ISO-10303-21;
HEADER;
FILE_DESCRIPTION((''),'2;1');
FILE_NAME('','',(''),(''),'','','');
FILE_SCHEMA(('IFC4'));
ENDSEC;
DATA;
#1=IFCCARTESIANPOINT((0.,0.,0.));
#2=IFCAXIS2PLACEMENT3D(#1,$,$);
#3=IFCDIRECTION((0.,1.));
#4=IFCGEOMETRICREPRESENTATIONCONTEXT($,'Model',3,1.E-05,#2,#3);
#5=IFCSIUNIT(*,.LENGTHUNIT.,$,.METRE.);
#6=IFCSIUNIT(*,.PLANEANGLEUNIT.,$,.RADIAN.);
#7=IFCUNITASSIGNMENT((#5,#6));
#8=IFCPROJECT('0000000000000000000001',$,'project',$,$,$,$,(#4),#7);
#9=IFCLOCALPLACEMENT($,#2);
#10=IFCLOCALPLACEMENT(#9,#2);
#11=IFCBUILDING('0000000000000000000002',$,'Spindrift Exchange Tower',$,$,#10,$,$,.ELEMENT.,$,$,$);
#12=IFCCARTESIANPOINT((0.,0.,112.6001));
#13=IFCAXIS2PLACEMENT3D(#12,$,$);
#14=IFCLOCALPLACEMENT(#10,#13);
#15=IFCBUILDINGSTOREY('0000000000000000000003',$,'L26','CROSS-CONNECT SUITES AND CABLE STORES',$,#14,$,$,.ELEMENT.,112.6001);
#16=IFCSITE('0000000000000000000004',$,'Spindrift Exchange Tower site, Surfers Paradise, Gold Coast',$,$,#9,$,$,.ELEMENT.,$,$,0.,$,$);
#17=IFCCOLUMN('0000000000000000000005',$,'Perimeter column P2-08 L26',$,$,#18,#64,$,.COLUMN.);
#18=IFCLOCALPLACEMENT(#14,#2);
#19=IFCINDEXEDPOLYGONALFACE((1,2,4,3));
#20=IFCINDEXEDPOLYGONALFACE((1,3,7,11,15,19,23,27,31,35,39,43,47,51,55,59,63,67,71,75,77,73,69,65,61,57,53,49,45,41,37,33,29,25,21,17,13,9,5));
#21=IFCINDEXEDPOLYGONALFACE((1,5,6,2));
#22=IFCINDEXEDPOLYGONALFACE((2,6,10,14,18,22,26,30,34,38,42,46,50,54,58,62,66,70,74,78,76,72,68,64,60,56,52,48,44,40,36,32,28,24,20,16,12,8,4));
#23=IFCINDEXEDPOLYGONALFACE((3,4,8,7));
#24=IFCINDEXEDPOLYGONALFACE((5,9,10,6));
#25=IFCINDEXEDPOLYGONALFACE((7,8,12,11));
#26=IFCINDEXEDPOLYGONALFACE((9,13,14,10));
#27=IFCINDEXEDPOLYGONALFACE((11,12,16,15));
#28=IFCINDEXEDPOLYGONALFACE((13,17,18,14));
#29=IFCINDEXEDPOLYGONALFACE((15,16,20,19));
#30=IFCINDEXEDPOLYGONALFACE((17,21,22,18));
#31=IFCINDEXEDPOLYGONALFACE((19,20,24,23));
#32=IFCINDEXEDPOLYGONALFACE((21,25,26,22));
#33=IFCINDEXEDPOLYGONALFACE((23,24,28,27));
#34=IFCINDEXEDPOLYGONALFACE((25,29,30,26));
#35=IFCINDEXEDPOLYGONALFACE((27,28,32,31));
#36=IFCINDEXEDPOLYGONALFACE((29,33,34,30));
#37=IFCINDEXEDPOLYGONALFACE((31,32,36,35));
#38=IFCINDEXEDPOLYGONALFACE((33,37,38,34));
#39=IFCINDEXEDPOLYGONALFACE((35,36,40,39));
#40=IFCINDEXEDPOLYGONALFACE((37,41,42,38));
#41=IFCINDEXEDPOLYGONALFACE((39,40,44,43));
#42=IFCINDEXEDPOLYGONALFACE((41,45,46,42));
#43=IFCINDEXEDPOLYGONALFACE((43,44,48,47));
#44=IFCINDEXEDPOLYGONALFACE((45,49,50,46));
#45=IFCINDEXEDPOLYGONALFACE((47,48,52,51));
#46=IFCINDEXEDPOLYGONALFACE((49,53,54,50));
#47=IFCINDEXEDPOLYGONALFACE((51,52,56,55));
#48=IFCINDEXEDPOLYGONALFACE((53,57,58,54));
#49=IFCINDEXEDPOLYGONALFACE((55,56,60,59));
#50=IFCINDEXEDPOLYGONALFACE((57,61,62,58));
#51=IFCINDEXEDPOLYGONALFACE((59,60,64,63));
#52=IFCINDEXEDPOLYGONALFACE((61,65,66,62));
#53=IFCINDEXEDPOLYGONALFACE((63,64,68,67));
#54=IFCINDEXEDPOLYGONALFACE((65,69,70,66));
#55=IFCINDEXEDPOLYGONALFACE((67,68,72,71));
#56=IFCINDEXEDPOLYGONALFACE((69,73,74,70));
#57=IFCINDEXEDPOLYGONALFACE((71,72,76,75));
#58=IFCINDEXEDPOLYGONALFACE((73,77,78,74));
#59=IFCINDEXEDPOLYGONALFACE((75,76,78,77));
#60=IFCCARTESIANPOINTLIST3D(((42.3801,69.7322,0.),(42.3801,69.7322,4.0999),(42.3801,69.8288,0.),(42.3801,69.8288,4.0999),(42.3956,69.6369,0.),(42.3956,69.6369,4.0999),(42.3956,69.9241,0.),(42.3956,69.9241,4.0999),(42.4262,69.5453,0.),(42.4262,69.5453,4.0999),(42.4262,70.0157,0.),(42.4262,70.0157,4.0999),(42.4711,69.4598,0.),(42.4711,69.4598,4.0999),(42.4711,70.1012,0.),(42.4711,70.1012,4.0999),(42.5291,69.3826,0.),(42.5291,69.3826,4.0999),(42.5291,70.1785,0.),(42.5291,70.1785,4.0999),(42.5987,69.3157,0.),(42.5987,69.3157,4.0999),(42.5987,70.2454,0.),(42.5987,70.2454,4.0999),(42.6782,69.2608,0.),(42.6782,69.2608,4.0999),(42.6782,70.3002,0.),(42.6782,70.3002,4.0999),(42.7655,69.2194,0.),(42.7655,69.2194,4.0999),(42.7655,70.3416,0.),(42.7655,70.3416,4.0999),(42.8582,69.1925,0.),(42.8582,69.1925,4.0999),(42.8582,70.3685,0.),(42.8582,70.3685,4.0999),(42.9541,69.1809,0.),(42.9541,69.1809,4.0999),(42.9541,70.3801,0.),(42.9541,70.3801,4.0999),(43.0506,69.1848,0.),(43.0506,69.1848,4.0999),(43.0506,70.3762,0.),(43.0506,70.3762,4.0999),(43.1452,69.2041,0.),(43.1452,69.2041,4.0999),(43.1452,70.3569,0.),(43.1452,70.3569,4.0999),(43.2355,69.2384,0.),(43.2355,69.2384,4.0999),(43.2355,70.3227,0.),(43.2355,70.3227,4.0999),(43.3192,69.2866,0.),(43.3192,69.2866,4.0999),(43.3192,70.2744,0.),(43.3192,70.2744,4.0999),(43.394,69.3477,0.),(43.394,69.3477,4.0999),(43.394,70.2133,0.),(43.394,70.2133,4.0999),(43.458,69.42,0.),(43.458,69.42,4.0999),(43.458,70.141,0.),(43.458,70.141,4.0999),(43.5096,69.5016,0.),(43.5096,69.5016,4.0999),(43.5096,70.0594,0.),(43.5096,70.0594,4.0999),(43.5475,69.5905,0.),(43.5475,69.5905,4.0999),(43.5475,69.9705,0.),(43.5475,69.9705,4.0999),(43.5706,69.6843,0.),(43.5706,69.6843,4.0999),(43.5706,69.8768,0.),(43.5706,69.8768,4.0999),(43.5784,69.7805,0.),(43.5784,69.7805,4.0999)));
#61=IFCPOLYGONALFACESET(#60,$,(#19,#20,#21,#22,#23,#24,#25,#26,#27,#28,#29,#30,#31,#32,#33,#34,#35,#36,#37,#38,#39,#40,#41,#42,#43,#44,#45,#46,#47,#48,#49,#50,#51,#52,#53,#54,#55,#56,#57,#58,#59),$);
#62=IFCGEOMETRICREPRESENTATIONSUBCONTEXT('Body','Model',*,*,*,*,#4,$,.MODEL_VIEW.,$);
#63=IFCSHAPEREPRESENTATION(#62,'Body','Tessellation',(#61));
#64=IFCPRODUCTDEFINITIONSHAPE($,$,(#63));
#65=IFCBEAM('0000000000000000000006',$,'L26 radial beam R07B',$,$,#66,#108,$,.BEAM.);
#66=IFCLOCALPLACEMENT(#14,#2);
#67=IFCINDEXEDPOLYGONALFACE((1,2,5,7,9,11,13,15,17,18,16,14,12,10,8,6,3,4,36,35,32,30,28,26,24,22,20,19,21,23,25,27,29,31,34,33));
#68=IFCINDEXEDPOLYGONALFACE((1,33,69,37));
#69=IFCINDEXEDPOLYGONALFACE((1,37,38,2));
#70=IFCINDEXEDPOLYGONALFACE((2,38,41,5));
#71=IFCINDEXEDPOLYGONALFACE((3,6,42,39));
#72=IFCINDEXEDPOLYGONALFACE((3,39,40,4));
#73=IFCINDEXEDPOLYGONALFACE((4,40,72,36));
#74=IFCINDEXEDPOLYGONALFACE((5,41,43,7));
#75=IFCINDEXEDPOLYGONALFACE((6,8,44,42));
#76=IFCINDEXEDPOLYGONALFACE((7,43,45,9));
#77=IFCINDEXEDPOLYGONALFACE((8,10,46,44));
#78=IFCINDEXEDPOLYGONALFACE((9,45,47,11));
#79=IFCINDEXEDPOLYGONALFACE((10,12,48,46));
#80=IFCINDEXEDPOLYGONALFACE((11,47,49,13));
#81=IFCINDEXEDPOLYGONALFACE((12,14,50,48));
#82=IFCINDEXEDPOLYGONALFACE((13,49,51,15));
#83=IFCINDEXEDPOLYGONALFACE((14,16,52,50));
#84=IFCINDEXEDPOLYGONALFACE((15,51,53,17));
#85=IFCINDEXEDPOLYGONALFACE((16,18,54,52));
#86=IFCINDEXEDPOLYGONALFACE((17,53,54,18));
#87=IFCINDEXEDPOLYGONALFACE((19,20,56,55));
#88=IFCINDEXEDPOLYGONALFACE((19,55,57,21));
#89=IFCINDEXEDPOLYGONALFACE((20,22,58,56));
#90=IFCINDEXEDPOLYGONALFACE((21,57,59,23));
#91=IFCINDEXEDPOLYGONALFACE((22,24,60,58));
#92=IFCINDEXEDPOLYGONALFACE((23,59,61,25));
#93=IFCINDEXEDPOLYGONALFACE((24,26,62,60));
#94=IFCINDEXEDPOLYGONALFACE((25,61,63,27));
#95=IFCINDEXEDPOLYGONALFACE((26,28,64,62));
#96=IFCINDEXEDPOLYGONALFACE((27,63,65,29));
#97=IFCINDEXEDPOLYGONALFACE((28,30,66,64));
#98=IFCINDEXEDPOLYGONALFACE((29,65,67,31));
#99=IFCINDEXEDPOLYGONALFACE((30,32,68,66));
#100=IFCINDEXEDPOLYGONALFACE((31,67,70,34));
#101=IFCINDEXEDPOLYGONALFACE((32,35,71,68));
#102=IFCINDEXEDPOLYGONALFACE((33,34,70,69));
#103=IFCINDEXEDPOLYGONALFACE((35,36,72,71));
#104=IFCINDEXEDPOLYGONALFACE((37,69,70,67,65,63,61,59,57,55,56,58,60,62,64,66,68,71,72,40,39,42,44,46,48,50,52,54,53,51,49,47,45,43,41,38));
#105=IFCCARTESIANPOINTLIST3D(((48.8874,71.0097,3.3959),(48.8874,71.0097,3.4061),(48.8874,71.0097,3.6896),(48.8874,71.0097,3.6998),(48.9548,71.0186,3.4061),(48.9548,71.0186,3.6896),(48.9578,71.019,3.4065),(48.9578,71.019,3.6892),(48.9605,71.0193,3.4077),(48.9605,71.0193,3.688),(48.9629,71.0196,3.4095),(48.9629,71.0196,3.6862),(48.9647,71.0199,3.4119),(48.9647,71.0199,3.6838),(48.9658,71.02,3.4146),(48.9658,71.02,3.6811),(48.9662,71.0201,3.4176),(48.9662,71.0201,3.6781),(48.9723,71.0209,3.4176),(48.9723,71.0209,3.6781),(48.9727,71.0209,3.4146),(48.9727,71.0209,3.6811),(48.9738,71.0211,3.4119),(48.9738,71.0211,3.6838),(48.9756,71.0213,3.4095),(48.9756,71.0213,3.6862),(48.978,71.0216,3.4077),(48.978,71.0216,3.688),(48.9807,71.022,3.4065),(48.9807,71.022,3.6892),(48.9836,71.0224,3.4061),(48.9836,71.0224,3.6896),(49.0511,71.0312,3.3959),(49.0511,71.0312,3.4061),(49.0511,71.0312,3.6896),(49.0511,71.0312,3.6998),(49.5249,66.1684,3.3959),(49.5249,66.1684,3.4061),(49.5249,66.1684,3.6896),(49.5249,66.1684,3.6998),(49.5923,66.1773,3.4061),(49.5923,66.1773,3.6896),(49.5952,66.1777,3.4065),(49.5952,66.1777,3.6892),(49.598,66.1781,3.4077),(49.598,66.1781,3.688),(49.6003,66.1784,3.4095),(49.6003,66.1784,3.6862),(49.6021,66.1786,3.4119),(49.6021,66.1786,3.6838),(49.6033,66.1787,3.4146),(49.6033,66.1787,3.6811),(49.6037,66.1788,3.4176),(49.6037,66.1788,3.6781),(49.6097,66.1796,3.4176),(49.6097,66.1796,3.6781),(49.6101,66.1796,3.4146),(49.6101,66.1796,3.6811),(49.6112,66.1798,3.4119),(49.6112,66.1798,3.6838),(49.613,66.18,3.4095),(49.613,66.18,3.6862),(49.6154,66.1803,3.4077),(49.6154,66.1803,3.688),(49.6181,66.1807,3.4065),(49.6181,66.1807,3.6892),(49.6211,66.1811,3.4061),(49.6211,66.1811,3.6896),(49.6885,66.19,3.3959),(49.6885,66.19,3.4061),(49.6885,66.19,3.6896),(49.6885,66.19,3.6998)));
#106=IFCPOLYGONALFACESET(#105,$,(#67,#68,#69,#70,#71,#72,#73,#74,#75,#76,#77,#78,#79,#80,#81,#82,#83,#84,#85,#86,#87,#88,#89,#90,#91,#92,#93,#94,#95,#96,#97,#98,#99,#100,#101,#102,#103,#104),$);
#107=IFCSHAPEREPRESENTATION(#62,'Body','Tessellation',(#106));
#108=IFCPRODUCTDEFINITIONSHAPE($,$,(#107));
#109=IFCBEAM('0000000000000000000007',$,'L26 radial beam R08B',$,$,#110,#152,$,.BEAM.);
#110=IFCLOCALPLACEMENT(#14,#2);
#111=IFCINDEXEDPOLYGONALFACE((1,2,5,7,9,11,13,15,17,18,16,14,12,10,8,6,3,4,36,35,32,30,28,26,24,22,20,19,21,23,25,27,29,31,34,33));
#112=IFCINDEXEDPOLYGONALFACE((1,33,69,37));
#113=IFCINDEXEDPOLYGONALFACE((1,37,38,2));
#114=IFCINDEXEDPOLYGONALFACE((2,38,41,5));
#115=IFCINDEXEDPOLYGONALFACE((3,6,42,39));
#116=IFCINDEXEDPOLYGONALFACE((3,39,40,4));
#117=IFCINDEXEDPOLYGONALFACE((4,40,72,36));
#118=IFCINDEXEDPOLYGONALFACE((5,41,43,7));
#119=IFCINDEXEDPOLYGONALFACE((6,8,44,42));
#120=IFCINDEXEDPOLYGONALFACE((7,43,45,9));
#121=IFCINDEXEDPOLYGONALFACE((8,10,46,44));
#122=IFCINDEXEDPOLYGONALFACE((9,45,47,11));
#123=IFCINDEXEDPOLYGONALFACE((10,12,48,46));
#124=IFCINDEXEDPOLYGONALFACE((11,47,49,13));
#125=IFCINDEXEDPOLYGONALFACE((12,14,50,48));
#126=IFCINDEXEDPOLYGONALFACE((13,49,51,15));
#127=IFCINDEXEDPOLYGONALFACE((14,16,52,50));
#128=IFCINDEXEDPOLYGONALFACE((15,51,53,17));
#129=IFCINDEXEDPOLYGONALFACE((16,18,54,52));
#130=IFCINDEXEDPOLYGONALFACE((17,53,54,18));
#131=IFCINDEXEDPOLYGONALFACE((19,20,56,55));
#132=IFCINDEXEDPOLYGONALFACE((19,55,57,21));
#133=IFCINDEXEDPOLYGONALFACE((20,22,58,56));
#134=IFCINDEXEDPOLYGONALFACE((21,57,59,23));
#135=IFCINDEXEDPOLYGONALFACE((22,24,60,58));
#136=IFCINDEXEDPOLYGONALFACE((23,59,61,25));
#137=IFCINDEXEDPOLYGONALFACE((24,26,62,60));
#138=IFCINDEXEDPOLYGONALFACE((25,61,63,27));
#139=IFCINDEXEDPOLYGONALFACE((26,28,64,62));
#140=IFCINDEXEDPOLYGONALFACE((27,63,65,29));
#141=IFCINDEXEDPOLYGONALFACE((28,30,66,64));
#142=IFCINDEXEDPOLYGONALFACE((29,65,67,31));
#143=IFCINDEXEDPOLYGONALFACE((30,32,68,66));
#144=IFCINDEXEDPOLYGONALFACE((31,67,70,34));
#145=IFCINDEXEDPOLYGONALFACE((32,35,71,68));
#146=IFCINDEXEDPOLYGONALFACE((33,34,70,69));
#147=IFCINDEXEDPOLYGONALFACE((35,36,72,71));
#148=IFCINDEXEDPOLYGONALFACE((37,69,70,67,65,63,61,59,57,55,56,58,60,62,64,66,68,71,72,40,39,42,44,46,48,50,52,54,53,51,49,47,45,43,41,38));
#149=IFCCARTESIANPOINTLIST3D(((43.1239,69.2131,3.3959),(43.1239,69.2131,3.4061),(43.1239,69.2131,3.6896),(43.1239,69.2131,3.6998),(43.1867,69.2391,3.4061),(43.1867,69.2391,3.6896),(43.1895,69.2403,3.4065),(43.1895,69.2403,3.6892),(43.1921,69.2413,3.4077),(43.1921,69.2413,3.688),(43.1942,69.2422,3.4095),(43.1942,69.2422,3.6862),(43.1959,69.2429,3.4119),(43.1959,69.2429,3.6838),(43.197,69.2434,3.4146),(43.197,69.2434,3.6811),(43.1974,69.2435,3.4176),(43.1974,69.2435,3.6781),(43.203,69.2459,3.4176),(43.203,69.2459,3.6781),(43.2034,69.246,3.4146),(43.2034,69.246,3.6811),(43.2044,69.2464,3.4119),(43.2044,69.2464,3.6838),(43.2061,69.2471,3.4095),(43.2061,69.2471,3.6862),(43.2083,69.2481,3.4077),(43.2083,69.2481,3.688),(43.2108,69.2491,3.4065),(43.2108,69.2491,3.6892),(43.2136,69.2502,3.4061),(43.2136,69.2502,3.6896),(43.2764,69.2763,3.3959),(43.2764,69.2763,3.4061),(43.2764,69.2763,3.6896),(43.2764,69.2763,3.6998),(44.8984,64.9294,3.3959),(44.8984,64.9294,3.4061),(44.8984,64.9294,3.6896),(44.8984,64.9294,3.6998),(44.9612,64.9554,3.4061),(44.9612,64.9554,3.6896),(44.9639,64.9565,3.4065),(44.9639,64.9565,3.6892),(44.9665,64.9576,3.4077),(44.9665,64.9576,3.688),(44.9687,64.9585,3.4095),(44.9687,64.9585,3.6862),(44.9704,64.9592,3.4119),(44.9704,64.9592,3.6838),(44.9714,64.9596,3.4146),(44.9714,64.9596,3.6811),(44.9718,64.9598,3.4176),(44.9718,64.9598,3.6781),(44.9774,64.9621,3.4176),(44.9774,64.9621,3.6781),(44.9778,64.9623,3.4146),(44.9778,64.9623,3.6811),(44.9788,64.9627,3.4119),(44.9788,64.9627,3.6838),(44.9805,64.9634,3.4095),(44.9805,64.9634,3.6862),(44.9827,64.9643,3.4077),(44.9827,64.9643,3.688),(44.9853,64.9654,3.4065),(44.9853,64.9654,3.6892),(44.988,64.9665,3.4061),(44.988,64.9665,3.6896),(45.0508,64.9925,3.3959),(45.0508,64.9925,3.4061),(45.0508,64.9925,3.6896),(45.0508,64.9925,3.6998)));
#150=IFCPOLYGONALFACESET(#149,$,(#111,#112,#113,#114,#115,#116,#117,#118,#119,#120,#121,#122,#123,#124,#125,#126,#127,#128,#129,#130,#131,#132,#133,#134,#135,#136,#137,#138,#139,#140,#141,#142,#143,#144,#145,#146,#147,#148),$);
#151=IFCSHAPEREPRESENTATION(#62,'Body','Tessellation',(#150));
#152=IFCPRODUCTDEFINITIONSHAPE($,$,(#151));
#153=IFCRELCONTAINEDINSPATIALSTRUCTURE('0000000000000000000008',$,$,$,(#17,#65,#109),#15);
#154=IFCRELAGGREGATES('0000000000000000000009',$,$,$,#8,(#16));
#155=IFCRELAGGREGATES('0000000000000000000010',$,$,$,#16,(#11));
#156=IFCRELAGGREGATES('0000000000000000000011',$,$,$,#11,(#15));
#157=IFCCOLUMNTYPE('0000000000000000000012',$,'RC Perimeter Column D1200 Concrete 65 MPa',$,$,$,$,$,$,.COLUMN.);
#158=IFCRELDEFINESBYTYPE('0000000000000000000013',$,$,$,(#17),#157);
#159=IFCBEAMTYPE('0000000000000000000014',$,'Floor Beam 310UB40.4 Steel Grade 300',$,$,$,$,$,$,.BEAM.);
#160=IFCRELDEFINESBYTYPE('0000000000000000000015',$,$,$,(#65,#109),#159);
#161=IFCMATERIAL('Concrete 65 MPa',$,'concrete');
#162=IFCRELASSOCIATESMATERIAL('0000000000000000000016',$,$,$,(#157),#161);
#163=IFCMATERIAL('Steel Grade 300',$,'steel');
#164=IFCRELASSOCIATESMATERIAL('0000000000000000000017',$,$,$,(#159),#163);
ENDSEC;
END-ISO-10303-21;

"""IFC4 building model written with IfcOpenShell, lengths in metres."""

from ifc_helpers import new_model, si_unit, direction, frame, origin, origin_2d, place, context, subcontext, project, spatial, circle, i_section, extrude, source, transform, mapped, material, material_profile, profile_set, type_object, element, save


model = new_model("IFC4")

# Units and contexts
model_context = context("Model", 3, precision=1e-05, world=origin(), true_north=direction((0.0, 1.0)))
body_context = subcontext(model_context, "Body", "Model", "MODEL_VIEW")
ifc_project = project(units=[si_unit("LENGTHUNIT", "METRE"), si_unit("PLANEANGLEUNIT", "RADIAN")], contexts=[model_context])

# Site, building, storey
site_placement = place(None, origin())
site = spatial("IfcSite", under=ifc_project, at=site_placement, Name="Spindrift Exchange Tower site, Surfers Paradise, Gold Coast", CompositionType="ELEMENT", RefElevation=0.0)
building_placement = place(site_placement, origin())
building = spatial("IfcBuilding", under=site, at=building_placement, Name="Spindrift Exchange Tower", CompositionType="ELEMENT")
storey_placement = place(building_placement, frame((0.0, 0.0, 112.6001)))
storey = spatial("IfcBuildingStorey", under=building, at=storey_placement, Name="L26", Description="CROSS-CONNECT SUITES AND CABLE STORES", CompositionType="ELEMENT", Elevation=112.6001)

# Column
ifc_material_1 = material(Name="Concrete 65 MPa", Category="concrete")
ifc_material_profile_1 = material_profile(ifc_material_1, circle(Radius=0.6001, at=origin_2d()), Name="RC D1200")
ifc_profile_set_1 = profile_set([ifc_material_profile_1], Name="Concrete 65 MPa")
column_type_1 = type_object("IfcColumnType", Name="RC Perimeter Column D1200 Concrete 65 MPa", PredefinedType="COLUMN", material=ifc_profile_set_1)
shared_shape_1 = source(origin(), body_context, "Body", "SweptSolid", [
    extrude(circle(Radius=0.6001, at=origin_2d()), origin(), (0.0, 0.0, 1.0), 4.0999),
])
for number, where, z_axis, x_axis, name in (
    (1, (42.9783, 69.7805, 0.0), (0.0, 0.0, 1.0), (1.0, 0.0, 0.0), "Perimeter column P2-08 L26"),
):
    element("IfcColumn", number, at=place(storey_placement, frame(where, z_axis=z_axis, x_axis=x_axis)), inside=storey, type_object=column_type_1, Name=name, PredefinedType="COLUMN", context=body_context, shape_type="MappedRepresentation", body=[
        mapped(shared_shape_1, transform((0.0, 0.0, 0.0), scale=1.0)),
    ])

# Beams
ifc_material_2 = material(Name="Steel Grade 300", Category="steel")
ifc_material_profile_2 = material_profile(ifc_material_2, i_section(OverallWidth=0.165, OverallDepth=0.304, WebThickness=0.0061, FlangeThickness=0.0103, FilletRadius=0.0115, at=origin_2d()), Name="310UB40.4")
ifc_profile_set_2 = profile_set([ifc_material_profile_2], Name="Steel Grade 300")
beam_type_1 = type_object("IfcBeamType", Name="Floor Beam 310UB40.4 Steel Grade 300", PredefinedType="BEAM", material=ifc_profile_set_2)
shared_shape_2 = source(origin(), body_context, "Body", "SweptSolid", [
    extrude(i_section(OverallWidth=0.165, OverallDepth=0.304, WebThickness=0.0061, FlangeThickness=0.0103, FilletRadius=0.0115, at=origin_2d()), origin(), (0.0, 0.0, 1.0), 4.8831),
])
beam_1_placement = place(storey_placement, frame((49.6067, 66.1792, 3.5479), z_axis=(-0.130542, 0.991443, 0.0), x_axis=(-0.991443, -0.130542, 0.0)))
element("IfcBeam", 2, at=beam_1_placement, inside=storey, type_object=beam_type_1, Name="L26 radial beam R07B", PredefinedType="BEAM", context=body_context, shape_type="MappedRepresentation", body=[
    mapped(shared_shape_2, transform((0.0, 0.0, 0.0), scale=1.0)),
])
shared_shape_3 = source(origin(), body_context, "Body", "SweptSolid", [
    extrude(i_section(OverallWidth=0.165, OverallDepth=0.304, WebThickness=0.0061, FlangeThickness=0.0103, FilletRadius=0.0115, at=origin_2d()), origin(), (0.0, 0.0, 1.0), 4.6367),
])
beam_2_placement = place(storey_placement, frame((44.9746, 64.9609, 3.5479), z_axis=(-0.382693, 0.923876, 0.0), x_axis=(-0.923876, -0.382693, 0.0)))
element("IfcBeam", 3, at=beam_2_placement, inside=storey, type_object=beam_type_1, Name="L26 radial beam R08B", PredefinedType="BEAM", context=body_context, shape_type="MappedRepresentation", body=[
    mapped(shared_shape_3, transform((0.0, 0.0, 0.0), scale=1.0)),
])

save(model, "model.ifc")
